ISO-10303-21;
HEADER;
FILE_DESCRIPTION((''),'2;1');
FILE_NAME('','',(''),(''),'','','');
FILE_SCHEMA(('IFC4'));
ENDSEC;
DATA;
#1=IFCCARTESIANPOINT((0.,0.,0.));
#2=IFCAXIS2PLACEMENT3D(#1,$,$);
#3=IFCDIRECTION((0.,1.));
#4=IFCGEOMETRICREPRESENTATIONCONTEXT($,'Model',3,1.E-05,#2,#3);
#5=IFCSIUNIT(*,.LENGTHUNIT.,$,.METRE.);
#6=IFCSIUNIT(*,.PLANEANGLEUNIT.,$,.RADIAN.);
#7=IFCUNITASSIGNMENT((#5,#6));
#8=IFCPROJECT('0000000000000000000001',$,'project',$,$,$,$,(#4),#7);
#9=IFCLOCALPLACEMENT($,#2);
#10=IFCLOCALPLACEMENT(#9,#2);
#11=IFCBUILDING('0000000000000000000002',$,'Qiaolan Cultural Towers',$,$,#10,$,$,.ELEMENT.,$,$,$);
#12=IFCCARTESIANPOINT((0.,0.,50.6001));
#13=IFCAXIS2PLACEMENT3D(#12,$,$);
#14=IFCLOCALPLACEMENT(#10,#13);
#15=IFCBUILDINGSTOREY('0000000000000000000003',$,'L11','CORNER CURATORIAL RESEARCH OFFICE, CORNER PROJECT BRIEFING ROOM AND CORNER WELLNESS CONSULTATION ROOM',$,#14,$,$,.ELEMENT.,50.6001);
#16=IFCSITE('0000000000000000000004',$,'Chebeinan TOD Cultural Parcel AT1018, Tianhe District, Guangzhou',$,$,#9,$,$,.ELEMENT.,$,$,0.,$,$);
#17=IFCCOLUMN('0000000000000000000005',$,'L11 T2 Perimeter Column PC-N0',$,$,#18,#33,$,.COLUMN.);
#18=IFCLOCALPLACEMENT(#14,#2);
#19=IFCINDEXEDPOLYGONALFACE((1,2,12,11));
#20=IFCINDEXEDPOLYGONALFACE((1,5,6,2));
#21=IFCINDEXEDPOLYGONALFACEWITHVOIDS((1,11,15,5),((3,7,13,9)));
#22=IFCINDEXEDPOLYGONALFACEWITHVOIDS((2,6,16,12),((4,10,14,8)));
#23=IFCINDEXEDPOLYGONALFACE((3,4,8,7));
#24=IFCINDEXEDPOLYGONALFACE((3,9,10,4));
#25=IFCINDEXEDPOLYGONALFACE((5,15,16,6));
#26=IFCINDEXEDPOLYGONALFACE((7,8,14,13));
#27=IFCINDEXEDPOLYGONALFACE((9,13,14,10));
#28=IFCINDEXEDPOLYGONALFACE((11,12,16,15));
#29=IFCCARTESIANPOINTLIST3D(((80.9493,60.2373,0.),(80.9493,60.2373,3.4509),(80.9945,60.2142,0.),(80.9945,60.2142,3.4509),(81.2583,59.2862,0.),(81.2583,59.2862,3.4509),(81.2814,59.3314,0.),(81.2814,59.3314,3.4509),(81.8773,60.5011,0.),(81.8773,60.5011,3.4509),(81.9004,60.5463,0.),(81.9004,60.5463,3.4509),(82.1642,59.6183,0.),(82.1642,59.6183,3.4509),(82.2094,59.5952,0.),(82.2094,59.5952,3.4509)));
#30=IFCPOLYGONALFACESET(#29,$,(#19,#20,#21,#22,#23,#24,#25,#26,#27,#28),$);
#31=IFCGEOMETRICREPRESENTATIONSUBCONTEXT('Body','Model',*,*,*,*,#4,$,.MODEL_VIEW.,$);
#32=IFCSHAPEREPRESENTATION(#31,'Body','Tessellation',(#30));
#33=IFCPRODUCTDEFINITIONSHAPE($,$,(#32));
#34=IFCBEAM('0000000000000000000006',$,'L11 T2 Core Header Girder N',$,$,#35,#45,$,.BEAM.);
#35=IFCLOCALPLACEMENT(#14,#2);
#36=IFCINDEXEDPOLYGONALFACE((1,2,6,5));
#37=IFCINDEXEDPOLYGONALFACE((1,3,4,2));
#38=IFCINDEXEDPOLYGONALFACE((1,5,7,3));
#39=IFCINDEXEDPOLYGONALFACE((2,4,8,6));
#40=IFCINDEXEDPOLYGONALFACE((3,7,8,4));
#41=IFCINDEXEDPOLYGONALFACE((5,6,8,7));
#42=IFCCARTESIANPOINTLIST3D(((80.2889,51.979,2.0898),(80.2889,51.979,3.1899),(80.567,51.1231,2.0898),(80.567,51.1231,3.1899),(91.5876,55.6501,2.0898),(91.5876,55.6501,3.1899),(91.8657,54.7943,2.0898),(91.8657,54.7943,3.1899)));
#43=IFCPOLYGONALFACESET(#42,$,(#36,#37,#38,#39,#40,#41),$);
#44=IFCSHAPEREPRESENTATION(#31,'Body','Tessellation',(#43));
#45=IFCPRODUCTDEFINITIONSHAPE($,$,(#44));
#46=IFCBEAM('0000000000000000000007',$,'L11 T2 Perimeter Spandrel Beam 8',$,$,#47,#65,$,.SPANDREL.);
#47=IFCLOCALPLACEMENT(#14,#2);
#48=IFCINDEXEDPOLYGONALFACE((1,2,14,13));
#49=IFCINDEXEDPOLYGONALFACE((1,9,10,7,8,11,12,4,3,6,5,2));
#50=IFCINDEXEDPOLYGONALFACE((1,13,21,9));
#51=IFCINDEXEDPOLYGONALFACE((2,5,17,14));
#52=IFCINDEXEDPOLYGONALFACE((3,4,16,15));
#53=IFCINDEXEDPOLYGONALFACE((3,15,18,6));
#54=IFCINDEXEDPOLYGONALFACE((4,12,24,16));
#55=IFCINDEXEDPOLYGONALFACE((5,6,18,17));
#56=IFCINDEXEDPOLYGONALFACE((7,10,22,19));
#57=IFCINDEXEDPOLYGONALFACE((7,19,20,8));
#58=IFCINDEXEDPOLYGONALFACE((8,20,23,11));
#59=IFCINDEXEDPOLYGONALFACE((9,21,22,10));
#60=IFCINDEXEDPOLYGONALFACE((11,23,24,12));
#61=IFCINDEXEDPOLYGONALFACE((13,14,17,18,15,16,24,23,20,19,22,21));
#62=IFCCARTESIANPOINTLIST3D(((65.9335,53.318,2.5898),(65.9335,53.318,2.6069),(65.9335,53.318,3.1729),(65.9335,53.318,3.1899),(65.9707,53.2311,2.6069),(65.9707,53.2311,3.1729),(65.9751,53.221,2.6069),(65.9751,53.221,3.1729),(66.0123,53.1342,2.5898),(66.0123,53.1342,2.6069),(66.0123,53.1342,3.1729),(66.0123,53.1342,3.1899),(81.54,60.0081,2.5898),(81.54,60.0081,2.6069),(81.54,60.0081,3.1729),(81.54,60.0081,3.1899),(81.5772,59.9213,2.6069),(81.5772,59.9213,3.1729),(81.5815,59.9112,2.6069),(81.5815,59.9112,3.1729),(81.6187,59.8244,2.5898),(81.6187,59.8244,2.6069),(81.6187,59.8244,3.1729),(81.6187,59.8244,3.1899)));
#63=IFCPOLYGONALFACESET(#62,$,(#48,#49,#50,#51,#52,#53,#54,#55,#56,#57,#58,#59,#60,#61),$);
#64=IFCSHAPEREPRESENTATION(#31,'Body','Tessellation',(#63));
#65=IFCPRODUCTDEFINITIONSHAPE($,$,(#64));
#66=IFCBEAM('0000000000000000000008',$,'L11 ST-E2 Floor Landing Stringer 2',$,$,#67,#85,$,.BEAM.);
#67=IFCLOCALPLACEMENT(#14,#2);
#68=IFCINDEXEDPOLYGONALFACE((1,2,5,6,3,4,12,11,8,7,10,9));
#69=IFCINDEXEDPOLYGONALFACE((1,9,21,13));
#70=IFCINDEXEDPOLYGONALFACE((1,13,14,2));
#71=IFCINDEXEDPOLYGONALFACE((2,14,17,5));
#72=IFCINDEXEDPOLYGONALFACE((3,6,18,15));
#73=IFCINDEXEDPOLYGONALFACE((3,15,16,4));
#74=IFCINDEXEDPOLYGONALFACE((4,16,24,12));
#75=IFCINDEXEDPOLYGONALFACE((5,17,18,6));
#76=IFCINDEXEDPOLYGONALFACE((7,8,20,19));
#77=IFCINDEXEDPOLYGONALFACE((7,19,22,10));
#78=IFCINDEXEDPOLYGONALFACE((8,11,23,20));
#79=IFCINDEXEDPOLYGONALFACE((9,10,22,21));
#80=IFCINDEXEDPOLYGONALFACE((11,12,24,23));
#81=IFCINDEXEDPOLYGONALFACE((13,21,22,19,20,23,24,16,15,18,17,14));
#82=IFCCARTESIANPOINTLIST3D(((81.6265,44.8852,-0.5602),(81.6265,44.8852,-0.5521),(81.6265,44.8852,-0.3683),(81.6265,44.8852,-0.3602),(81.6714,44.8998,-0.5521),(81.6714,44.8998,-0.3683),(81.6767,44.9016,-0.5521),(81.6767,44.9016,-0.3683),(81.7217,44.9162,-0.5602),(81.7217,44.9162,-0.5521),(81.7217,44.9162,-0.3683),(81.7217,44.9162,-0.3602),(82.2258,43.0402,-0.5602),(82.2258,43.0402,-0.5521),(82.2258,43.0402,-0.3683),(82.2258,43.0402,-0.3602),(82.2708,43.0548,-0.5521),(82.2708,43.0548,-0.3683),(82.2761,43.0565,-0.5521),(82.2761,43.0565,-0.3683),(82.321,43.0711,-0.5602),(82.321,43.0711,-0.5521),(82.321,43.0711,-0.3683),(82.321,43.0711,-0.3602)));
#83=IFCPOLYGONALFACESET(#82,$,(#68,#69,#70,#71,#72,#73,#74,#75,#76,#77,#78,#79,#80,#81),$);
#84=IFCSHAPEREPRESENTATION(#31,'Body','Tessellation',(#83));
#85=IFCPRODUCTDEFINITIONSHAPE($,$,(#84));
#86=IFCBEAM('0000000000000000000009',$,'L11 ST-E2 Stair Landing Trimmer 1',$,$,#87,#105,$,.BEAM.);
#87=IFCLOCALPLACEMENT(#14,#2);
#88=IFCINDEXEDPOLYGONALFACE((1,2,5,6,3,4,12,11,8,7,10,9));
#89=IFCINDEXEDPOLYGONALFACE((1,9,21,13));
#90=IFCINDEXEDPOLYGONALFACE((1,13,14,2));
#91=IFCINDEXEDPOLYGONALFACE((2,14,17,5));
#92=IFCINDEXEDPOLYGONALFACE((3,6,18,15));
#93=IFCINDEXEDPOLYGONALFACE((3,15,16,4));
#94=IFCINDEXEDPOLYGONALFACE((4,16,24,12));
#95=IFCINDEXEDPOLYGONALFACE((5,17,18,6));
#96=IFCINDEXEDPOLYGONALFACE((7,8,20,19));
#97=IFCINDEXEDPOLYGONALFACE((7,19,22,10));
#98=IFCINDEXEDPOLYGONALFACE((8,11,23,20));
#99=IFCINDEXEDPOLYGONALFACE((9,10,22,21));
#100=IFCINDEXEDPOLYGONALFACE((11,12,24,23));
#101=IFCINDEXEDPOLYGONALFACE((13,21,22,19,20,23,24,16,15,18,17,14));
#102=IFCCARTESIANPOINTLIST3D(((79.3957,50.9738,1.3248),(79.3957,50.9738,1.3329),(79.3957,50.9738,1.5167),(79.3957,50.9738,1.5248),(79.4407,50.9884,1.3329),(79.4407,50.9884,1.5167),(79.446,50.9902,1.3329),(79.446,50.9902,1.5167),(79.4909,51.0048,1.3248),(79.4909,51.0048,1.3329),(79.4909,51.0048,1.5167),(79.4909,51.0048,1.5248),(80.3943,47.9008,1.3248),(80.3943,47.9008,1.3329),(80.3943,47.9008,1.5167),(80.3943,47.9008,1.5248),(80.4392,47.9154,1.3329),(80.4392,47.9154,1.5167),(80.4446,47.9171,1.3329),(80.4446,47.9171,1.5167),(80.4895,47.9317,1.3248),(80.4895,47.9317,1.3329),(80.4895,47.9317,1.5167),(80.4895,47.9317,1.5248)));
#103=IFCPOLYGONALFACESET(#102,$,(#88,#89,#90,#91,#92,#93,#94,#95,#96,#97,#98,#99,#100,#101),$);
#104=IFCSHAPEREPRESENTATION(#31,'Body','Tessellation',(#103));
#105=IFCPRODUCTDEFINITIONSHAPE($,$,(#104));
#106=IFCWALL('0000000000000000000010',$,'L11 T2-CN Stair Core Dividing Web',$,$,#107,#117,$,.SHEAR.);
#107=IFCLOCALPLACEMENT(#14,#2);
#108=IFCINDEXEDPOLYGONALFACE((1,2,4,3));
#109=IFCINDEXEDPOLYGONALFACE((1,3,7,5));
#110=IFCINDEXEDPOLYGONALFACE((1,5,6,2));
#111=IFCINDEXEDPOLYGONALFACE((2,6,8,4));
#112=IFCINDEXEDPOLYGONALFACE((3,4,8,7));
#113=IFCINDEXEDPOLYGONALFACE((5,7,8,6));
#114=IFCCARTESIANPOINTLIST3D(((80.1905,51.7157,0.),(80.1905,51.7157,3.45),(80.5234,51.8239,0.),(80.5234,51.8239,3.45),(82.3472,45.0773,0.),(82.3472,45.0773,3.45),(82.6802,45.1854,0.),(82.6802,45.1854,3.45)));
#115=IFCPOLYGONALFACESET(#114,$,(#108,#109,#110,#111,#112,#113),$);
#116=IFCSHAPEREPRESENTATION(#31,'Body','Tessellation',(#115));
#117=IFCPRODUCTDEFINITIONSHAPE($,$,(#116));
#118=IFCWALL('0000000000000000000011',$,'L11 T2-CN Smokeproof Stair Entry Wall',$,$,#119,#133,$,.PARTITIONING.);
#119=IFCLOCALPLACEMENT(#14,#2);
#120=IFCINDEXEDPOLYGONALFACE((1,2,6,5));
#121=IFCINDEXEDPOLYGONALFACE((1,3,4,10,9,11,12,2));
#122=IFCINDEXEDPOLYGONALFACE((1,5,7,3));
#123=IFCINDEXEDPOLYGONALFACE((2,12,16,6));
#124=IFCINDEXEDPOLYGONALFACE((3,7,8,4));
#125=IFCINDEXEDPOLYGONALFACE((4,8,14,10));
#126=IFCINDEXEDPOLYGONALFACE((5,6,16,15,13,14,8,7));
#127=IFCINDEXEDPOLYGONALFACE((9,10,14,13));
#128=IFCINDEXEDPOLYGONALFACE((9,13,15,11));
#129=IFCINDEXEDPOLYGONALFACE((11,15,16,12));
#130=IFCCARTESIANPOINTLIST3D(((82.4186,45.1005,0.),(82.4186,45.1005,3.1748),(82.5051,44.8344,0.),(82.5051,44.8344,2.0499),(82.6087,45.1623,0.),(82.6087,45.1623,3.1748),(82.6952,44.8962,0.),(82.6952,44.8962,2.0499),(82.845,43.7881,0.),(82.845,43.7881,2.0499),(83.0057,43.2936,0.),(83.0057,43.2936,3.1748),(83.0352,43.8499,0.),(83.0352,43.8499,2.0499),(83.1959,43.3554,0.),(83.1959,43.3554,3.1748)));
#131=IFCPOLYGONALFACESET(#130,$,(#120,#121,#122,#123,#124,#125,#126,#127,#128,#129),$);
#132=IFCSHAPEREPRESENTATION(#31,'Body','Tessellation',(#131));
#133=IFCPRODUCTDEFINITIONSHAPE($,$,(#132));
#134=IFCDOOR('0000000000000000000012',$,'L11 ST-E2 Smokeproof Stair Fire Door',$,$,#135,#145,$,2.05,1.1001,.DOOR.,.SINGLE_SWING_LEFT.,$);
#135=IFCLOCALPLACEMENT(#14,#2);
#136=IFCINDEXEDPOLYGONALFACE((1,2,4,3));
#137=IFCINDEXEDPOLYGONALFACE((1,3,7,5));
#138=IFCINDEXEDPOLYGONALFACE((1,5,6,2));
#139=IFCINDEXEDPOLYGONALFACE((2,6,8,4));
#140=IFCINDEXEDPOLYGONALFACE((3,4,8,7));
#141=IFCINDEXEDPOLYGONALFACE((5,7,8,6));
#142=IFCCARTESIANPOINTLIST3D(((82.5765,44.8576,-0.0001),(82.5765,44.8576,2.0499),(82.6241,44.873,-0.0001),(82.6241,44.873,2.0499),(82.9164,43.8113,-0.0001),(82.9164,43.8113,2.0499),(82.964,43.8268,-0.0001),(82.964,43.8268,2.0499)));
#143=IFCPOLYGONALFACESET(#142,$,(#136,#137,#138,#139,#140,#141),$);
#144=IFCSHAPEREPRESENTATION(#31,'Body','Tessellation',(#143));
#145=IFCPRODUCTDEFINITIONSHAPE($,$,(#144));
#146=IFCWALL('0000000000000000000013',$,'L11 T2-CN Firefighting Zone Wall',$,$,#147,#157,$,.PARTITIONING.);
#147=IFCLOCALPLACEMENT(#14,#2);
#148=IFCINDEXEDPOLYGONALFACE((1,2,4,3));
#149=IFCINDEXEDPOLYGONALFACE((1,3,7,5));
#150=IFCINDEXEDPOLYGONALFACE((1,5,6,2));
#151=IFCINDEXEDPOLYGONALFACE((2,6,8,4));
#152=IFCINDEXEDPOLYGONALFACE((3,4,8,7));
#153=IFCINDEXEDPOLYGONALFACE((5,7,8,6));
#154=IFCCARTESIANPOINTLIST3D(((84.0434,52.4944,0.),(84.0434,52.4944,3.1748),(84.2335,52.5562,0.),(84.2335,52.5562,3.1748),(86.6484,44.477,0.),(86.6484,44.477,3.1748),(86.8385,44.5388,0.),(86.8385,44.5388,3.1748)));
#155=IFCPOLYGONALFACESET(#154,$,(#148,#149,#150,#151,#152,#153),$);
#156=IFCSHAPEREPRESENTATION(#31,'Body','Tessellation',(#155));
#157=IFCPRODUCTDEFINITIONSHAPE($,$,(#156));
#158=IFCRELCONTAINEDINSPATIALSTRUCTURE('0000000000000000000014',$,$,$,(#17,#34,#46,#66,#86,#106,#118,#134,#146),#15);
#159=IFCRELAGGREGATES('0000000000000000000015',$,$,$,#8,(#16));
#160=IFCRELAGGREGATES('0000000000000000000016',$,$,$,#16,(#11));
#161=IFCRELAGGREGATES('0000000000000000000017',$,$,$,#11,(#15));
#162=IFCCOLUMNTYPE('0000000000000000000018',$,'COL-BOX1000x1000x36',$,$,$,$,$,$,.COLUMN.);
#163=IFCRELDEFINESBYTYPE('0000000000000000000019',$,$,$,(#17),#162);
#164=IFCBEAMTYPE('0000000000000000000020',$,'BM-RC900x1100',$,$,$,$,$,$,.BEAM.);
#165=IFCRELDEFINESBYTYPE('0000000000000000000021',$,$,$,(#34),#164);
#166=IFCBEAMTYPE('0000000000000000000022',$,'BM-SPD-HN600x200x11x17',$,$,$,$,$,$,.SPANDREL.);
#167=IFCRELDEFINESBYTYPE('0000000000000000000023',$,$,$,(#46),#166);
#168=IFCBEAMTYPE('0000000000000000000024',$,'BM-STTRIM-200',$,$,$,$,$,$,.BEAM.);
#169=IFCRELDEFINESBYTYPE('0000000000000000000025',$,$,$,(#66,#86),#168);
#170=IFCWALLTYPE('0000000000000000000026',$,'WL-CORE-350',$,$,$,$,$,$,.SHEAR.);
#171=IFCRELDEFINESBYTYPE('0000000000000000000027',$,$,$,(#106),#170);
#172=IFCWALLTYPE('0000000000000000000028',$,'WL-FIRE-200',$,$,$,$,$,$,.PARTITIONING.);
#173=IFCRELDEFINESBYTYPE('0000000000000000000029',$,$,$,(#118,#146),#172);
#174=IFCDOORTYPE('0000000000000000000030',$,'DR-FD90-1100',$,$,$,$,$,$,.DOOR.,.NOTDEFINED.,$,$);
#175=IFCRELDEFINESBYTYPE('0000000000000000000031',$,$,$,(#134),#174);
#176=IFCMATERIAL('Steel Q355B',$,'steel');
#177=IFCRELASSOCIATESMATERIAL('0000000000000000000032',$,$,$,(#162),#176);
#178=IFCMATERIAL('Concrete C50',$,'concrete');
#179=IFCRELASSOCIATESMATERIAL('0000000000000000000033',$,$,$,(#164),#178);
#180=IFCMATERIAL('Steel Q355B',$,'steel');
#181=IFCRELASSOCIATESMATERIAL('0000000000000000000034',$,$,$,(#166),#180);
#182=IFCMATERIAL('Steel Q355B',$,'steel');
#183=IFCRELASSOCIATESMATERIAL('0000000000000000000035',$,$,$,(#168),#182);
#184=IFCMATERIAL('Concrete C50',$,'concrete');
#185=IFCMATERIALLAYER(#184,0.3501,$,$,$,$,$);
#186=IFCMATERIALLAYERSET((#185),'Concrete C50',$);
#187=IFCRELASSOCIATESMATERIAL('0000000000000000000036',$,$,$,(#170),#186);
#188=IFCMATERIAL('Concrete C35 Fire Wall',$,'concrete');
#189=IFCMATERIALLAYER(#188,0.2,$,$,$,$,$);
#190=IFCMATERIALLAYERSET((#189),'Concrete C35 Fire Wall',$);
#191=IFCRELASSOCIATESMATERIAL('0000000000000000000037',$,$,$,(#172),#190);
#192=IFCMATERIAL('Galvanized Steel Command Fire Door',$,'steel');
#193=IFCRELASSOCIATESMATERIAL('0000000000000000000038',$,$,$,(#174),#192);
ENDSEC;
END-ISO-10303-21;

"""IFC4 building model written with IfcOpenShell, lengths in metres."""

from ifc_helpers import new_model, si_unit, direction, frame, frame_2d, origin, origin_2d, place, context, subcontext, project, spatial, rectangle, hollow_rectangle, i_section, extrude, material, layer, layer_set, material_profile, profile_set, type_object, element, fill, save


model = new_model("IFC4")

# Units and contexts
model_context = context("Model", 3, precision=1e-05, world=origin(), true_north=direction((0.0, 1.0)))
body_context = subcontext(model_context, "Body", "Model", "MODEL_VIEW")
ifc_project = project(units=[si_unit("LENGTHUNIT", "METRE"), si_unit("PLANEANGLEUNIT", "RADIAN")], contexts=[model_context])

# Site, building, storey
site_placement = place(None, origin())
site = spatial("IfcSite", under=ifc_project, at=site_placement, Name="Chebeinan TOD Cultural Parcel AT1018, Tianhe District, Guangzhou", CompositionType="ELEMENT", RefElevation=0.0)
building_placement = place(site_placement, origin())
building = spatial("IfcBuilding", under=site, at=building_placement, Name="Qiaolan Cultural Towers", CompositionType="ELEMENT")
storey_placement = place(building_placement, frame((0.0, 0.0, 50.6001)))
storey = spatial("IfcBuildingStorey", under=building, at=storey_placement, Name="L11", Description="CORNER CURATORIAL RESEARCH OFFICE, CORNER PROJECT BRIEFING ROOM AND CORNER WELLNESS CONSULTATION ROOM", CompositionType="ELEMENT", Elevation=50.6001)

# Column
ifc_material_1 = material(Name="Steel Q355B", Category="steel")
ifc_material_profile_1 = material_profile(ifc_material_1, hollow_rectangle(XDim=1.0, YDim=1.0, WallThickness=0.0359, at=origin_2d()), Name="BOX1000x1000x36")
ifc_profile_set_1 = profile_set([ifc_material_profile_1], Name="Steel Q355B")
column_type = type_object("IfcColumnType", Name="COL-BOX1000x1000x36", PredefinedType="COLUMN", material=ifc_profile_set_1)
column_placement = place(storey_placement, frame((81.5793, 59.9163, 0.0), z_axis=(0.0, 0.0, 1.0), x_axis=(0.951057, 0.309017, 0.0)))
element("IfcColumn", 1, at=column_placement, inside=storey, type_object=column_type, Name="L11 T2 Perimeter Column PC-N0", PredefinedType="COLUMN", context=body_context, shape_type="SweptSolid", body=[
    extrude(hollow_rectangle(XDim=1.0, YDim=1.0, WallThickness=0.0359, at=origin_2d()), origin(), (0.0, 0.0, 1.0), 3.4509),
])

# Beams
ifc_material_2 = material(Name="Concrete C50", Category="concrete")
ifc_material_profile_2 = material_profile(ifc_material_2, rectangle(XDim=0.8999, YDim=1.1001, at=origin_2d()), Name="RC900x1100")
ifc_profile_set_2 = profile_set([ifc_material_profile_2], Name="Concrete C50")
beam_type_1 = type_object("IfcBeamType", Name="BM-RC900x1100", PredefinedType="BEAM", material=ifc_profile_set_2)
beam_1_placement = place(storey_placement, frame((80.428, 51.551, 2.6399), z_axis=(0.951056, 0.309018, 0.0), x_axis=(-0.309018, 0.951056, 0.0)))
element("IfcBeam", 2, at=beam_1_placement, inside=storey, type_object=beam_type_1, Name="L11 T2 Core Header Girder N", PredefinedType="BEAM", context=body_context, shape_type="SweptSolid", body=[
    extrude(rectangle(XDim=0.8999, YDim=1.1001, at=origin_2d()), origin(), (0.0, 0.0, 1.0), 11.8801),
])
ifc_material_3 = material(Name="Steel Q355B", Category="steel")
ifc_material_profile_3 = material_profile(ifc_material_3, i_section(OverallWidth=0.2, OverallDepth=0.6001, WebThickness=0.011, FlangeThickness=0.0171, at=origin_2d()), Name="HN600x200x11x17")
ifc_profile_set_3 = profile_set([ifc_material_profile_3], Name="Steel Q355B")
beam_type_2 = type_object("IfcBeamType", Name="BM-SPD-HN600x200x11x17", PredefinedType="SPANDREL", material=ifc_profile_set_3)
beam_2_placement = place(storey_placement, frame((81.5793, 59.9163, 2.8899), z_axis=(-0.919109, -0.394004, 0.0), x_axis=(0.394004, -0.919109, 0.0)))
element("IfcBeam", 3, at=beam_2_placement, inside=storey, type_object=beam_type_2, Name="L11 T2 Perimeter Spandrel Beam 8", PredefinedType="SPANDREL", context=body_context, shape_type="SweptSolid", body=[
    extrude(i_section(OverallWidth=0.2, OverallDepth=0.6001, WebThickness=0.011, FlangeThickness=0.0171, at=origin_2d()), origin(), (0.0, 0.0, 1.0), 16.98),
])
ifc_material_4 = material(Name="Steel Q355B", Category="steel")
ifc_material_profile_4 = material_profile(ifc_material_4, i_section(OverallWidth=0.1001, OverallDepth=0.2, WebThickness=0.0056, FlangeThickness=0.0081, at=origin_2d()), Name="HN200x100x5.5x8")
ifc_profile_set_4 = profile_set([ifc_material_profile_4], Name="Steel Q355B")
beam_type_3 = type_object("IfcBeamType", Name="BM-STTRIM-200", PredefinedType="BEAM", material=ifc_profile_set_4)
beam_3_placement = place(storey_placement, frame((82.2734, 43.0557, -0.4602), z_axis=(-0.308969, 0.951072, 0.0), x_axis=(-0.951072, -0.308969, 0.0)))
element("IfcBeam", 4, at=beam_3_placement, inside=storey, type_object=beam_type_3, Name="L11 ST-E2 Floor Landing Stringer 2", PredefinedType="BEAM", context=body_context, shape_type="SweptSolid", body=[
    extrude(i_section(OverallWidth=0.1001, OverallDepth=0.2, WebThickness=0.0056, FlangeThickness=0.0081, at=origin_2d()), origin(), (0.0, 0.0, 1.0), 1.9399),
])
beam_4_placement = place(storey_placement, frame((80.4419, 47.9163, 1.4248), z_axis=(-0.309033, 0.951051, 0.0), x_axis=(-0.951051, -0.309033, 0.0)))
element("IfcBeam", 5, at=beam_4_placement, inside=storey, type_object=beam_type_3, Name="L11 ST-E2 Stair Landing Trimmer 1", PredefinedType="BEAM", context=body_context, shape_type="SweptSolid", body=[
    extrude(i_section(OverallWidth=0.1001, OverallDepth=0.2, WebThickness=0.0056, FlangeThickness=0.0081, at=origin_2d()), origin(), (0.0, 0.0, 1.0), 3.2312),
])

# Wall
ifc_material_5 = material(Name="Concrete C50", Category="concrete")
ifc_layer_1 = layer(ifc_material_5, 0.3501)
ifc_layer_set_1 = layer_set([ifc_layer_1], Name="Concrete C50")
wall_type_1 = type_object("IfcWallType", Name="WL-CORE-350", PredefinedType="SHEAR", material=ifc_layer_set_1)
wall_1_placement = place(storey_placement, frame((82.5137, 45.1313, 0.0), z_axis=(0.0, 0.0, 1.0), x_axis=(-0.308989, 0.951066, 0.0)))
element("IfcWall", 6, at=wall_1_placement, inside=storey, type_object=wall_type_1, Name="L11 T2-CN Stair Core Dividing Web", PredefinedType="SHEAR", context=body_context, shape_type="SweptSolid", body=[
    extrude(rectangle(XDim=6.98, YDim=0.3501, at=frame_2d((3.49, 0.0))), origin(), (0.0, 0.0, 1.0), 3.45),
])

# Wall, opening, door
ifc_material_6 = material(Name="Concrete C35 Fire Wall", Category="concrete")
ifc_layer_2 = layer(ifc_material_6, 0.2)
ifc_layer_set_2 = layer_set([ifc_layer_2], Name="Concrete C35 Fire Wall")
wall_type_2 = type_object("IfcWallType", Name="WL-FIRE-200", PredefinedType="PARTITIONING", material=ifc_layer_set_2)
wall_2_placement = place(storey_placement, frame((83.1008, 43.3245, 0.0), z_axis=(0.0, 0.0, 1.0), x_axis=(-0.309048, 0.951046, 0.0)))
wall_2 = element("IfcWall", 7, at=wall_2_placement, inside=storey, type_object=wall_type_2, Name="L11 T2-CN Smokeproof Stair Entry Wall", PredefinedType="PARTITIONING", context=body_context, shape_type="SweptSolid", body=[
    extrude(rectangle(XDim=1.8999, YDim=0.2, at=frame_2d((0.95, 0.0))), origin(), (0.0, 0.0, 1.0), 3.1748),
])
opening_1_placement = place(wall_2_placement, frame((0.52, 0.0, 0.0)))
opening_1 = element("IfcOpeningElement", 8, at=opening_1_placement, cuts=wall_2, PredefinedType="OPENING", context=body_context, shape_type="SweptSolid", body=[
    extrude(rectangle(XDim=1.1001, YDim=2.05, at=frame_2d((0.55, 1.0249))), frame((0.0, 0.1099, 0.0), z_axis=(0.0, -1.0, 0.0), x_axis=(1.0, 0.0, 0.0)), (0.0, 0.0, 1.0), 0.22),
])
ifc_material_7 = material(Name="Galvanized Steel Command Fire Door", Category="steel")
door_type_1 = type_object("IfcDoorType", Name="DR-FD90-1100", OperationType="NOTDEFINED", PredefinedType="DOOR", material=ifc_material_7)
door_1_placement = place(opening_1_placement, origin())
door_1 = element("IfcDoor", 9, at=door_1_placement, inside=storey, type_object=door_type_1, Name="L11 ST-E2 Smokeproof Stair Fire Door", OperationType="SINGLE_SWING_LEFT", OverallHeight=2.05, OverallWidth=1.1001, PredefinedType="DOOR", context=body_context, shape_type="SweptSolid", body=[
    extrude(rectangle(XDim=1.1001, YDim=2.05, at=frame_2d((0.55, 1.0249))), frame((0.0, 0.0249, 0.0), z_axis=(0.0, -1.0, 0.0), x_axis=(1.0, 0.0, 0.0)), (0.0, 0.0, 1.0), 0.05),
])
fill(opening_1, door_1)

# Wall
wall_3_placement = place(storey_placement, frame((86.7434, 44.5081, 0.0), z_axis=(0.0, 0.0, 1.0), x_axis=(-0.309016, 0.951057, 0.0)))
element("IfcWall", 10, at=wall_3_placement, inside=storey, type_object=wall_type_2, Name="L11 T2-CN Firefighting Zone Wall", PredefinedType="PARTITIONING", context=body_context, shape_type="SweptSolid", body=[
    extrude(rectangle(XDim=8.4299, YDim=0.2, at=frame_2d((4.2148, 0.0))), origin(), (0.0, 0.0, 1.0), 3.1748),
])

save(model, "model.ifc")
